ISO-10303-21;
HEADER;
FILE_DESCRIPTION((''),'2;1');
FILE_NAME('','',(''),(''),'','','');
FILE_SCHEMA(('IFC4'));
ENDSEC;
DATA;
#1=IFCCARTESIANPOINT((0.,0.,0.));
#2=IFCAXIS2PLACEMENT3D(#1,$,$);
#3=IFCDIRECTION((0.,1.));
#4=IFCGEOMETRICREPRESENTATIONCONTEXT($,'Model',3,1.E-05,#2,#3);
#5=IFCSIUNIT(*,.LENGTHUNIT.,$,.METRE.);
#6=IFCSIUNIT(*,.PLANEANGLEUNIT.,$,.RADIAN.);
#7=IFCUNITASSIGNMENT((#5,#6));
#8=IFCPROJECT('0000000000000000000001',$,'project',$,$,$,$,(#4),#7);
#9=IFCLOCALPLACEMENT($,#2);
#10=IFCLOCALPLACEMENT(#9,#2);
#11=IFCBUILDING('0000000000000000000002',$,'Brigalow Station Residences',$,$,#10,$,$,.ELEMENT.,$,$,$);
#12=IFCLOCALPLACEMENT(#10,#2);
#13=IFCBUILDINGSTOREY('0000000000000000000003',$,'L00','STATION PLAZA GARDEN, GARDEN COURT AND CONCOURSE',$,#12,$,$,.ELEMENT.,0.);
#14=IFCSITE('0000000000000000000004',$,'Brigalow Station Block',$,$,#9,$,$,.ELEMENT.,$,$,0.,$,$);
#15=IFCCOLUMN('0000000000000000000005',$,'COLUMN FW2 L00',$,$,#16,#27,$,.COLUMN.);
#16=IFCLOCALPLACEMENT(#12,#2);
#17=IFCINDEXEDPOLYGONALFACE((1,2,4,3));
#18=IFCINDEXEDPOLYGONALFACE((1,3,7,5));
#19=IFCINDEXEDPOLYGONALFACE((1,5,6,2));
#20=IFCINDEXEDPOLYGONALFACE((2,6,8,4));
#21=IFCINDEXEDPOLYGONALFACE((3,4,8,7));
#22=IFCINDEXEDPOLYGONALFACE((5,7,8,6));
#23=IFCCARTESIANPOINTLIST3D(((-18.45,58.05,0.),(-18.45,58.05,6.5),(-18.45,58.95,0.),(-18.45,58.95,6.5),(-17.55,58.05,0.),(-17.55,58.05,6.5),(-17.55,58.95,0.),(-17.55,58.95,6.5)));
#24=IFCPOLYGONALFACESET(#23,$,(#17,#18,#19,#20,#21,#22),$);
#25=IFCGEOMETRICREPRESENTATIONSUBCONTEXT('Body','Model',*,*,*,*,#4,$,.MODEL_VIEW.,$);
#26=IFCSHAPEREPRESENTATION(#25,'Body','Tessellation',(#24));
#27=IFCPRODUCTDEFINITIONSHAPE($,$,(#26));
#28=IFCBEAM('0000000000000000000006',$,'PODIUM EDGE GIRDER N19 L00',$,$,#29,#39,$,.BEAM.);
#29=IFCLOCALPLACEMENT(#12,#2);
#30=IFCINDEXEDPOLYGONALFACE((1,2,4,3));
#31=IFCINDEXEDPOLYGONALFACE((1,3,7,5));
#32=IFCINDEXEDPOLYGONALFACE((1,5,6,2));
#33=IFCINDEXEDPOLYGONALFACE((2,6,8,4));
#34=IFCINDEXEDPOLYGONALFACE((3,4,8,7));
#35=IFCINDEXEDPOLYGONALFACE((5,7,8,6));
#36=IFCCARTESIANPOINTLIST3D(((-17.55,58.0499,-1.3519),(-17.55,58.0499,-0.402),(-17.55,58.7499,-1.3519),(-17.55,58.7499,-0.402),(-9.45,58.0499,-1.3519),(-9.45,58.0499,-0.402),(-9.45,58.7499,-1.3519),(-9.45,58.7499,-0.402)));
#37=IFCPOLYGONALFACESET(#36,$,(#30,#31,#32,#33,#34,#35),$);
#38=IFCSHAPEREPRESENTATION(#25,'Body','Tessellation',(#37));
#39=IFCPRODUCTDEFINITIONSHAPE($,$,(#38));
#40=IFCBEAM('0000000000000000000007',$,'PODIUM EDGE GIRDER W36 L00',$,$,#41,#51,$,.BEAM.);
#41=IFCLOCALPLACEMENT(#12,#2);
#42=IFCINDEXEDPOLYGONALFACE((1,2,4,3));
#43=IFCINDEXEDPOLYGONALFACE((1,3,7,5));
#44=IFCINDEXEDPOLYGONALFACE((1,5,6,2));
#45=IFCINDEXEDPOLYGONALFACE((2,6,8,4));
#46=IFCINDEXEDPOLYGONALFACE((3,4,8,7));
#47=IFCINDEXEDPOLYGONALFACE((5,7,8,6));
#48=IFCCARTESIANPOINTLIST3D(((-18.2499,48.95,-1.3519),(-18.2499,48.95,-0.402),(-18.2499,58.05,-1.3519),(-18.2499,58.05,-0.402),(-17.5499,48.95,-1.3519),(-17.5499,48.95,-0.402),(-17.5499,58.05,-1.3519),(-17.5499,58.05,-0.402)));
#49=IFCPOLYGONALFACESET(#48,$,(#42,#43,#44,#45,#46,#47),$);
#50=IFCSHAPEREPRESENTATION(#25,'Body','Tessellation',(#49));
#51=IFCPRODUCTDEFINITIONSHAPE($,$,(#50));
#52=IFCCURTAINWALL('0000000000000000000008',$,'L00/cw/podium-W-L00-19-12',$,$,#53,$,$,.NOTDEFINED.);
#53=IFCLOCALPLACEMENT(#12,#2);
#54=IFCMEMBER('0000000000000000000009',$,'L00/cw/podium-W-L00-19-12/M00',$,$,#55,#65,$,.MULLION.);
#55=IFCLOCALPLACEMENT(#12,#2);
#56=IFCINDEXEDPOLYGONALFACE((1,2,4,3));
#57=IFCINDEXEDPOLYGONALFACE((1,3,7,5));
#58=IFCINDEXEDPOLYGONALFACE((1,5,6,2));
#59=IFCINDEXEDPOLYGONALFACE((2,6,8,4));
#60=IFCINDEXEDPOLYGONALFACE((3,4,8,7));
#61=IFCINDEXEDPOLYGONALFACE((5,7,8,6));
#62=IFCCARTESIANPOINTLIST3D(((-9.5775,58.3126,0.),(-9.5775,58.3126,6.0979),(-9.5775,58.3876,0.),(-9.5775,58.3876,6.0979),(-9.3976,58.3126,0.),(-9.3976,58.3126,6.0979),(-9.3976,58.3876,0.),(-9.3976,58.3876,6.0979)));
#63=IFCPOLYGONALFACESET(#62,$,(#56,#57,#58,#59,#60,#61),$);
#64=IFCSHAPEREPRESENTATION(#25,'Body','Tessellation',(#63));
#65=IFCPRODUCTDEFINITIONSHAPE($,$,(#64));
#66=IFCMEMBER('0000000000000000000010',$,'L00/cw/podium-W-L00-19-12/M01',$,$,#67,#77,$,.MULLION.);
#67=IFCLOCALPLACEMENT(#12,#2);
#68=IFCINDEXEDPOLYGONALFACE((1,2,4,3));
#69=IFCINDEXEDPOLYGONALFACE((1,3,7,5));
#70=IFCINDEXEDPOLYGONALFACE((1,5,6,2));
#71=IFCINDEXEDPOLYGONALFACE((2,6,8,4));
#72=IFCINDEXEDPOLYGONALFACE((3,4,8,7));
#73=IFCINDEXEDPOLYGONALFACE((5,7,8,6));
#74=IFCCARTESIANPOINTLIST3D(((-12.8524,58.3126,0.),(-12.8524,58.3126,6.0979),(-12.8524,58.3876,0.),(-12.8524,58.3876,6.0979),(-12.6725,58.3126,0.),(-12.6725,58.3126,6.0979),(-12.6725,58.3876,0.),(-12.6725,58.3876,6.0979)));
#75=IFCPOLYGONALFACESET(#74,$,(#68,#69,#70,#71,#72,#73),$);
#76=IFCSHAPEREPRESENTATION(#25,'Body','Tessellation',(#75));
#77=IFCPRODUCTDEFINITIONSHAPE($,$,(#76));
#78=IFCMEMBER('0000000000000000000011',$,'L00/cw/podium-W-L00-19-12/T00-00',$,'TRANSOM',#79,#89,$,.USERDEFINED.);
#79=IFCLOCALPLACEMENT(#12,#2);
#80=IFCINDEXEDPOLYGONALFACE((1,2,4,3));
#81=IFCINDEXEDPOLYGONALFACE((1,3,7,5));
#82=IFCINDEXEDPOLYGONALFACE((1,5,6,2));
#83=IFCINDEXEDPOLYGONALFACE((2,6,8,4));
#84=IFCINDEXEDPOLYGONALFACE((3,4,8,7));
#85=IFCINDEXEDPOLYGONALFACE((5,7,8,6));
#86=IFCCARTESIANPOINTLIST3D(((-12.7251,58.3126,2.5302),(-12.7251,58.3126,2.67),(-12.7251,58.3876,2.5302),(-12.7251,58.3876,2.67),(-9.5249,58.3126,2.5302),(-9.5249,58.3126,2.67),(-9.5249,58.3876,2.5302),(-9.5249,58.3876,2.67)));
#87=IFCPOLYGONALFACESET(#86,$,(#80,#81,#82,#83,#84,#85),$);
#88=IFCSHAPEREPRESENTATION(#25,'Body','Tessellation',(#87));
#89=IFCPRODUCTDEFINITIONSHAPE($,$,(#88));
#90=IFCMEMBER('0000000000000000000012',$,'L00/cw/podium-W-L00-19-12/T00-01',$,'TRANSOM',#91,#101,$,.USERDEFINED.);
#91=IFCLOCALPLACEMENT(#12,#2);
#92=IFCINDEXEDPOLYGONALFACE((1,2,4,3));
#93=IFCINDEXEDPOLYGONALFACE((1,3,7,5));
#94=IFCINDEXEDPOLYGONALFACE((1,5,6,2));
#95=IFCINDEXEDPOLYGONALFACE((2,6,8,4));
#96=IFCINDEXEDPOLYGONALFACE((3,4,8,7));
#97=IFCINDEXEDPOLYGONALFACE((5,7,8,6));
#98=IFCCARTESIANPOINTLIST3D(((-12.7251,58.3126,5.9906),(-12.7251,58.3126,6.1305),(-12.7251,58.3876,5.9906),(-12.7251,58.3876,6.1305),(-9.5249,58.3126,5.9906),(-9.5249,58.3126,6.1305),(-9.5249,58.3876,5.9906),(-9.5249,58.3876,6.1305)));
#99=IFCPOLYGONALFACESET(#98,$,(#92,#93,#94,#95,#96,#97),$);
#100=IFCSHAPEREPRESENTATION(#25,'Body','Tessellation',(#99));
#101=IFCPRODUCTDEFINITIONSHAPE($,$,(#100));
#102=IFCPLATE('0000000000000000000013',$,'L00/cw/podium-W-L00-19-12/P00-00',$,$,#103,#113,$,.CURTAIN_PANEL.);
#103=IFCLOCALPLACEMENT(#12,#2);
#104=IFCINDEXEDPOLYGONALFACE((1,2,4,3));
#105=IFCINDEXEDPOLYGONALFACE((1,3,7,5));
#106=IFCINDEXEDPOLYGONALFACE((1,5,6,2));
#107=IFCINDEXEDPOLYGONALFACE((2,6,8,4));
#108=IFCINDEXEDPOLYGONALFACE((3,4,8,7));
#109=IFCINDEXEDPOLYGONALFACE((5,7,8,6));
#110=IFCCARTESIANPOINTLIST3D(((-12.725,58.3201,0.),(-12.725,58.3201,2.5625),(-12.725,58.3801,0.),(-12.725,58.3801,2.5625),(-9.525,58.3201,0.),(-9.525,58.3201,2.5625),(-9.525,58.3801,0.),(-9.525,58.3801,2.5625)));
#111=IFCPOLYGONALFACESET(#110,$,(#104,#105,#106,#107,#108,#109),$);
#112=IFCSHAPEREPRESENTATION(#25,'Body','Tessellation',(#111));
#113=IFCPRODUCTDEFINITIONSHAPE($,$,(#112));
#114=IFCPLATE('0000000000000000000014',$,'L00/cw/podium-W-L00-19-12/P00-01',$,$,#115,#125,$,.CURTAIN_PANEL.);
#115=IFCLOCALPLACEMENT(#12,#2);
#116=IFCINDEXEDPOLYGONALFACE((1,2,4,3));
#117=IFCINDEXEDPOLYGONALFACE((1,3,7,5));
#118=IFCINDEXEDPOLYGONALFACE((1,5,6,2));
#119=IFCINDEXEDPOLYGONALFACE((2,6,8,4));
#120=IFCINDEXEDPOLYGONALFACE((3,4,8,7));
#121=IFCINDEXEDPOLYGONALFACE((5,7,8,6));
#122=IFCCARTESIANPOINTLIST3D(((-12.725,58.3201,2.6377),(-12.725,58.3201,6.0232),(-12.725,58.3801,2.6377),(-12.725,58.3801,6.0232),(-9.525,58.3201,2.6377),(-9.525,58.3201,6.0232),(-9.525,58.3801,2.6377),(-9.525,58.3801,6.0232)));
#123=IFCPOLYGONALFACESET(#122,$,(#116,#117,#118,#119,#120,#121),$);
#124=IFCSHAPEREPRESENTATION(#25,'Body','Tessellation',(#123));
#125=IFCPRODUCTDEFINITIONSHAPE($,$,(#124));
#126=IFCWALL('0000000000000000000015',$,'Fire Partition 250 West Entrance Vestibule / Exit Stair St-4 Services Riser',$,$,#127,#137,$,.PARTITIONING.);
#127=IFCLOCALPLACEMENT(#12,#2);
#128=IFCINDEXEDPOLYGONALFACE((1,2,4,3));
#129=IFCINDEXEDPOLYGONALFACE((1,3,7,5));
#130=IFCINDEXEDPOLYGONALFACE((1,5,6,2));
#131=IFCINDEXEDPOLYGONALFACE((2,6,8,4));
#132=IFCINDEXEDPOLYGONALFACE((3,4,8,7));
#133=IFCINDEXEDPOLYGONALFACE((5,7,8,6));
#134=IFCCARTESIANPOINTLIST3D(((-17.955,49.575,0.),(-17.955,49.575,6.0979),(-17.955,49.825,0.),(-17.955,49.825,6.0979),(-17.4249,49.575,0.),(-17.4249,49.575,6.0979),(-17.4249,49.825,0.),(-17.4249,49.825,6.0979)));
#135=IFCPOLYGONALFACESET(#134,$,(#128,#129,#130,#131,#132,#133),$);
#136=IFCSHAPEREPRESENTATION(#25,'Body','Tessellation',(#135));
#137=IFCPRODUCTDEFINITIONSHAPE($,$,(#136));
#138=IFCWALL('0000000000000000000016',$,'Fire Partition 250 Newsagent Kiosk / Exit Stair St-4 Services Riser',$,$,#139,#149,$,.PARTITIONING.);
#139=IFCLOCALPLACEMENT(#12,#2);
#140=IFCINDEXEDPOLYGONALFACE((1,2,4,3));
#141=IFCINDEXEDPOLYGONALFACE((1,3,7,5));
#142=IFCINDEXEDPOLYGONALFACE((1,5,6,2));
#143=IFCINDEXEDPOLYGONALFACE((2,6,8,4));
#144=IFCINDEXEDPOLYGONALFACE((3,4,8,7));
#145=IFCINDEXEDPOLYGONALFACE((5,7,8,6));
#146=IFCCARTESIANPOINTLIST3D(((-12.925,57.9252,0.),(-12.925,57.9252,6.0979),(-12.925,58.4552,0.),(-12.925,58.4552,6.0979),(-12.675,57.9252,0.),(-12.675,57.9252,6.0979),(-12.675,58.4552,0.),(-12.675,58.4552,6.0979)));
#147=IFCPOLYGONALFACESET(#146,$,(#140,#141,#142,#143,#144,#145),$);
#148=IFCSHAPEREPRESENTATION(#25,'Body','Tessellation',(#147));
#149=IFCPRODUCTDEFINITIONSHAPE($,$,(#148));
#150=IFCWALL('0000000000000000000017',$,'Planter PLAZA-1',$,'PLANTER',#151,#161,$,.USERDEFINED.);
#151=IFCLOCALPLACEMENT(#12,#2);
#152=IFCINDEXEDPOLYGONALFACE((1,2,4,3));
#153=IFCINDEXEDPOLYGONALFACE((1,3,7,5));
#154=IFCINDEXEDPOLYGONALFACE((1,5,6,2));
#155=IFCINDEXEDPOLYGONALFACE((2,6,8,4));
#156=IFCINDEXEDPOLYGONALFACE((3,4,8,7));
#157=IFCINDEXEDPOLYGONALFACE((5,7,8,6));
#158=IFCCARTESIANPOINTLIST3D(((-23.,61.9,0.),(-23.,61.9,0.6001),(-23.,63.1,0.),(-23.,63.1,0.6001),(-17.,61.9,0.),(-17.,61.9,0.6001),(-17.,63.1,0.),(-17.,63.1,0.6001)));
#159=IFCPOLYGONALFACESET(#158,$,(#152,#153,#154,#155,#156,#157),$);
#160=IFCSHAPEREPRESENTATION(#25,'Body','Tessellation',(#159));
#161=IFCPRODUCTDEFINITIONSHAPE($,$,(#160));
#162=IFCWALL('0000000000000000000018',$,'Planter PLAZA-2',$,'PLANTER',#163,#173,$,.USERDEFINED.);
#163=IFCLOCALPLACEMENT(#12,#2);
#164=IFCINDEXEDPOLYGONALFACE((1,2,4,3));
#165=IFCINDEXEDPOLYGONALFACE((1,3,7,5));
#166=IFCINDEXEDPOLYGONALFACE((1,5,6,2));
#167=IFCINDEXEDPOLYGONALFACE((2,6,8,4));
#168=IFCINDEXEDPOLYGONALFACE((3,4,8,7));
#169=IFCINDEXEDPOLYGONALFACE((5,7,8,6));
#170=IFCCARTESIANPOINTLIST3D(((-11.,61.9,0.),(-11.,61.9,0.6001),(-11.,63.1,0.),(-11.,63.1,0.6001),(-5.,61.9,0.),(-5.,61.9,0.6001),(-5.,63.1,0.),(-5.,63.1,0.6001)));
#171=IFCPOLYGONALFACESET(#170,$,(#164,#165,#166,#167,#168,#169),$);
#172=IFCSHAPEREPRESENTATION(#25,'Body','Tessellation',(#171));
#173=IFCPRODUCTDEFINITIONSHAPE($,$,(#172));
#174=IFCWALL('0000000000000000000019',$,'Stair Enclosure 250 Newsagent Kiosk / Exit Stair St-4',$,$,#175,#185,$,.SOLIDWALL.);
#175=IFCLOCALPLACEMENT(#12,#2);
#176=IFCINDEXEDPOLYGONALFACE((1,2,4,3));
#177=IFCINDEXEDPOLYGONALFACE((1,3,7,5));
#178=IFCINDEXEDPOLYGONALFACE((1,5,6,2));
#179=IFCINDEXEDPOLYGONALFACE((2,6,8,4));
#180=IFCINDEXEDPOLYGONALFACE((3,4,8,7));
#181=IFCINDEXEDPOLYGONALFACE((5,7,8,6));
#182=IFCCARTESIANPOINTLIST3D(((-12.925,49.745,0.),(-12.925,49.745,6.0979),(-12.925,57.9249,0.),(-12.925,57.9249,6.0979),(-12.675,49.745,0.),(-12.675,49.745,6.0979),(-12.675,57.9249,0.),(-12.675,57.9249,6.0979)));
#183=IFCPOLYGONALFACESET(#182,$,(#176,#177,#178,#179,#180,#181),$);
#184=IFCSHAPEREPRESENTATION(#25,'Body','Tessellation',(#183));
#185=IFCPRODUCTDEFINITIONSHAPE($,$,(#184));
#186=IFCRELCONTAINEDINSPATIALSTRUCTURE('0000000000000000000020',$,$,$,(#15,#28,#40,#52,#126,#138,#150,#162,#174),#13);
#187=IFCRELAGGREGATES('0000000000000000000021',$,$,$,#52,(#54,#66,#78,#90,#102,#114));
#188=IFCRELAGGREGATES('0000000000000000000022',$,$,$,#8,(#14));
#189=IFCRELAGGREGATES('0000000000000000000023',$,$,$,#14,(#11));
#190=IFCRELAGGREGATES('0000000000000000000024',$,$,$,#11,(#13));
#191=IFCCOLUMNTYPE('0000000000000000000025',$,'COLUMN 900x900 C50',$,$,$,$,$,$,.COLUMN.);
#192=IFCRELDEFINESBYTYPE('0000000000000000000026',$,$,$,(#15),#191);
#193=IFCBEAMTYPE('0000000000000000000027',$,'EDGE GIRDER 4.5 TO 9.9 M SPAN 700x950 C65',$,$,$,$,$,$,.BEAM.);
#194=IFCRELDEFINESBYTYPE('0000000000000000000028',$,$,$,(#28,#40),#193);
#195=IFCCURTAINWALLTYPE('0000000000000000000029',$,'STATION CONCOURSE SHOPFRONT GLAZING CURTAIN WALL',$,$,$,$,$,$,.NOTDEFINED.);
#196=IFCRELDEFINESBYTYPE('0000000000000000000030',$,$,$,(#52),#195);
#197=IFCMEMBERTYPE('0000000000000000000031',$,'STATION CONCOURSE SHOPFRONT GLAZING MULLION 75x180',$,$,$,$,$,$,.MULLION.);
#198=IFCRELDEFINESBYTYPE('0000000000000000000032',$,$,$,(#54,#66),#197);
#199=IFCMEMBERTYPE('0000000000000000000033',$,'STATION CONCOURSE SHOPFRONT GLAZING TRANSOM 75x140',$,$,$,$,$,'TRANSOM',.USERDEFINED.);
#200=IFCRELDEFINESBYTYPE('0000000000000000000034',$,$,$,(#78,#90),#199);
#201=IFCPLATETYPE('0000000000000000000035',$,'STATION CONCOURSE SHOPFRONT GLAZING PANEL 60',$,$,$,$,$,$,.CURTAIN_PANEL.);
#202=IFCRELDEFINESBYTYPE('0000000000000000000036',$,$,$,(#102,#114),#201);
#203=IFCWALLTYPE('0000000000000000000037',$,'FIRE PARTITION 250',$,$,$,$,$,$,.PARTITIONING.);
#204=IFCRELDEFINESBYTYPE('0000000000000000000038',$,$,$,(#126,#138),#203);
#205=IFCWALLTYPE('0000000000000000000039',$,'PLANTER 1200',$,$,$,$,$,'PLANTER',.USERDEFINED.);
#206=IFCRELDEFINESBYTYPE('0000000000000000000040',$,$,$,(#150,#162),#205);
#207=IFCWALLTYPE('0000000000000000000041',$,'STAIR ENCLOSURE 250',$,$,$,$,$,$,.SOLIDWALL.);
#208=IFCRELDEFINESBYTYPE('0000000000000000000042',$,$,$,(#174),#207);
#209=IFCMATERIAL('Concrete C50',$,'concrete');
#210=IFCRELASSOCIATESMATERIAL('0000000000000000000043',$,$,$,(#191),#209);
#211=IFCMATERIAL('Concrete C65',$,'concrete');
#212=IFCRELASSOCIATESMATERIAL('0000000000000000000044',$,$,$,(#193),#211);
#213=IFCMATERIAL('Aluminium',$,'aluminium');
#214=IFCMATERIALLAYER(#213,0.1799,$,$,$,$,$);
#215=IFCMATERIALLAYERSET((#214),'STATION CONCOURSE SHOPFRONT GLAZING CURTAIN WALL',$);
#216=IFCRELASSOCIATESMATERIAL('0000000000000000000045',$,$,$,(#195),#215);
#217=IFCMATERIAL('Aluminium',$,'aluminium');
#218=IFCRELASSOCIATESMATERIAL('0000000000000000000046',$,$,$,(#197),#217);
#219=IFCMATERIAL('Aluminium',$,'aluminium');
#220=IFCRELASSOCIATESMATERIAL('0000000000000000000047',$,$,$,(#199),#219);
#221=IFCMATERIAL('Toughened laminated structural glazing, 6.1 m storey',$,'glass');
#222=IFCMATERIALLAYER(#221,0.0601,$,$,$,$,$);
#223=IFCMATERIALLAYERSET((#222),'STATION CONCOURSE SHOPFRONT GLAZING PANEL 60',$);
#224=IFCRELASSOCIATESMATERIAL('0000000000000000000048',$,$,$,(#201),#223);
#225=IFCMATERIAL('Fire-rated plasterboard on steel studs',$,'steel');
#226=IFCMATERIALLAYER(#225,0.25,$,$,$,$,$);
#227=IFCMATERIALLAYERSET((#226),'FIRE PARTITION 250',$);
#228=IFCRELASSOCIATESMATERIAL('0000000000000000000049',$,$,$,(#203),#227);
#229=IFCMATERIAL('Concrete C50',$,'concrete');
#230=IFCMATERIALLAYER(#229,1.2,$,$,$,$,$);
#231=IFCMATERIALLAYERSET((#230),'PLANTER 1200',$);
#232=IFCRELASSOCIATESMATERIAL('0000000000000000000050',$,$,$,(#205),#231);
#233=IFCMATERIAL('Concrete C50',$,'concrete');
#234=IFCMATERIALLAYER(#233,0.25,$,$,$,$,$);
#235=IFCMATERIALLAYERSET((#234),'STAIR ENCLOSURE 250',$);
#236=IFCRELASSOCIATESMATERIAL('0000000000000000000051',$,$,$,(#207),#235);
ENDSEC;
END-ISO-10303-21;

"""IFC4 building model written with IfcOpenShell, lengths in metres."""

from ifc_helpers import new_model, si_unit, direction, frame, frame_2d, origin, origin_2d, place, context, subcontext, project, spatial, rectangle, extrude, material, layer, layer_set, material_profile, profile_set, type_object, element, aggregate, save


model = new_model("IFC4")

# Units and contexts
model_context = context("Model", 3, precision=1e-05, world=origin(), true_north=direction((0.0, 1.0)))
body_context = subcontext(model_context, "Body", "Model", "MODEL_VIEW")
ifc_project = project(units=[si_unit("LENGTHUNIT", "METRE"), si_unit("PLANEANGLEUNIT", "RADIAN")], contexts=[model_context])

# Site, building, storey
site_placement = place(None, origin())
site = spatial("IfcSite", under=ifc_project, at=site_placement, Name="Brigalow Station Block", CompositionType="ELEMENT", RefElevation=0.0)
building_placement = place(site_placement, origin())
building = spatial("IfcBuilding", under=site, at=building_placement, Name="Brigalow Station Residences", CompositionType="ELEMENT")
storey_placement = place(building_placement, origin())
storey = spatial("IfcBuildingStorey", under=building, at=storey_placement, Name="L00", Description="STATION PLAZA GARDEN, GARDEN COURT AND CONCOURSE", CompositionType="ELEMENT", Elevation=0.0)

# Column
ifc_material_1 = material(Name="Concrete C50", Category="concrete")
ifc_material_profile_1 = material_profile(ifc_material_1, rectangle(XDim=0.8999, YDim=0.8999, at=origin_2d()), Name="RC900x900")
ifc_profile_set_1 = profile_set([ifc_material_profile_1], Name="Concrete C50")
column_type = type_object("IfcColumnType", Name="COLUMN 900x900 C50", PredefinedType="COLUMN", material=ifc_profile_set_1)
column_placement = place(storey_placement, frame((-18.0, 58.5, 0.0), z_axis=(0.0, 0.0, 1.0), x_axis=(1.0, 0.0, 0.0)))
element("IfcColumn", 1, at=column_placement, inside=storey, type_object=column_type, Name="COLUMN FW2 L00", PredefinedType="COLUMN", context=body_context, shape_type="SweptSolid", body=[
    extrude(rectangle(XDim=0.8999, YDim=0.8999, at=origin_2d()), origin(), (0.0, 0.0, 1.0), 6.5),
])

# Beams
ifc_material_2 = material(Name="Concrete C65", Category="concrete")
ifc_material_profile_2 = material_profile(ifc_material_2, rectangle(XDim=0.7, YDim=0.95, at=origin_2d()), Name="RC700x950")
ifc_profile_set_2 = profile_set([ifc_material_profile_2], Name="Concrete C65")
beam_type = type_object("IfcBeamType", Name="EDGE GIRDER 4.5 TO 9.9 M SPAN 700x950 C65", PredefinedType="BEAM", material=ifc_profile_set_2)
beam_1_placement = place(storey_placement, frame((-17.55, 58.3999, -0.877), z_axis=(1.0, 0.0, 0.0), x_axis=(0.0, 1.0, 0.0)))
element("IfcBeam", 2, at=beam_1_placement, inside=storey, type_object=beam_type, Name="PODIUM EDGE GIRDER N19 L00", PredefinedType="BEAM", context=body_context, shape_type="SweptSolid", body=[
    extrude(rectangle(XDim=0.7, YDim=0.95, at=origin_2d()), origin(), (0.0, 0.0, 1.0), 8.1001),
])
beam_2_placement = place(storey_placement, frame((-17.8999, 48.95, -0.877), z_axis=(0.0, 1.0, 0.0), x_axis=(-1.0, 0.0, 0.0)))
element("IfcBeam", 3, at=beam_2_placement, inside=storey, type_object=beam_type, Name="PODIUM EDGE GIRDER W36 L00", PredefinedType="BEAM", context=body_context, shape_type="SweptSolid", body=[
    extrude(rectangle(XDim=0.7, YDim=0.95, at=origin_2d()), origin(), (0.0, 0.0, 1.0), 9.1001),
])

# Curtain wall, members, plates
ifc_material_3 = material(Name="Aluminium", Category="aluminium")
ifc_layer_1 = layer(ifc_material_3, 0.1799)
ifc_layer_set_1 = layer_set([ifc_layer_1], Name="STATION CONCOURSE SHOPFRONT GLAZING CURTAIN WALL")
curtain_wall_type = type_object("IfcCurtainWallType", Name="STATION CONCOURSE SHOPFRONT GLAZING CURTAIN WALL", PredefinedType="NOTDEFINED", material=ifc_layer_set_1)
curtain_wall_placement = place(storey_placement, origin())
curtain_wall = element("IfcCurtainWall", 4, at=curtain_wall_placement, inside=storey, type_object=curtain_wall_type, Name="L00/cw/podium-W-L00-19-12", PredefinedType="NOTDEFINED")
ifc_material_4 = material(Name="Aluminium", Category="aluminium")
ifc_material_profile_3 = material_profile(ifc_material_4, rectangle(XDim=0.075, YDim=0.1799, at=origin_2d()), Name="STATION CONCOURSE SHOPFRONT GLAZING MULLION 75x180")
ifc_profile_set_3 = profile_set([ifc_material_profile_3], Name="Aluminium")
member_type_1 = type_object("IfcMemberType", Name="STATION CONCOURSE SHOPFRONT GLAZING MULLION 75x180", PredefinedType="MULLION", material=ifc_profile_set_3)
member_1_placement = place(storey_placement, frame((-9.4875, 58.3501, 0.0), z_axis=(0.0, 0.0, 1.0), x_axis=(0.0, -1.0, 0.0)))
member_1 = element("IfcMember", 5, at=member_1_placement, type_object=member_type_1, Name="L00/cw/podium-W-L00-19-12/M00", PredefinedType="MULLION", context=body_context, shape_type="SweptSolid", body=[
    extrude(rectangle(XDim=0.075, YDim=0.1799, at=origin_2d()), origin(), (0.0, 0.0, 1.0), 6.0979),
])
member_2_placement = place(storey_placement, frame((-12.7625, 58.3501, 0.0), z_axis=(0.0, 0.0, 1.0), x_axis=(0.0, -1.0, 0.0)))
member_2 = element("IfcMember", 6, at=member_2_placement, type_object=member_type_1, Name="L00/cw/podium-W-L00-19-12/M01", PredefinedType="MULLION", context=body_context, shape_type="SweptSolid", body=[
    extrude(rectangle(XDim=0.075, YDim=0.1799, at=origin_2d()), origin(), (0.0, 0.0, 1.0), 6.0979),
])
ifc_material_5 = material(Name="Aluminium", Category="aluminium")
ifc_material_profile_4 = material_profile(ifc_material_5, rectangle(XDim=0.075, YDim=0.1399, at=origin_2d()), Name="STATION CONCOURSE SHOPFRONT GLAZING TRANSOM 75x140")
ifc_profile_set_4 = profile_set([ifc_material_profile_4], Name="Aluminium")
member_type_2 = type_object("IfcMemberType", Name="STATION CONCOURSE SHOPFRONT GLAZING TRANSOM 75x140", ElementType="TRANSOM", PredefinedType="USERDEFINED", material=ifc_profile_set_4)
member_3_placement = place(storey_placement, frame((-9.5249, 58.3501, 2.6001), z_axis=(-1.0, 0.0, 0.0), x_axis=(0.0, -1.0, 0.0)))
member_3 = element("IfcMember", 7, at=member_3_placement, type_object=member_type_2, Name="L00/cw/podium-W-L00-19-12/T00-00", ObjectType="TRANSOM", PredefinedType="USERDEFINED", context=body_context, shape_type="SweptSolid", body=[
    extrude(rectangle(XDim=0.075, YDim=0.1399, at=origin_2d()), origin(), (0.0, 0.0, 1.0), 3.2002),
])
member_4_placement = place(storey_placement, frame((-9.5249, 58.3501, 6.0605), z_axis=(-1.0, 0.0, 0.0), x_axis=(0.0, -1.0, 0.0)))
member_4 = element("IfcMember", 8, at=member_4_placement, type_object=member_type_2, Name="L00/cw/podium-W-L00-19-12/T00-01", ObjectType="TRANSOM", PredefinedType="USERDEFINED", context=body_context, shape_type="SweptSolid", body=[
    extrude(rectangle(XDim=0.075, YDim=0.1399, at=origin_2d()), origin(), (0.0, 0.0, 1.0), 3.2002),
])
ifc_material_6 = material(Name="Toughened laminated structural glazing, 6.1 m storey", Category="glass")
ifc_layer_2 = layer(ifc_material_6, 0.0601)
ifc_layer_set_2 = layer_set([ifc_layer_2], Name="STATION CONCOURSE SHOPFRONT GLAZING PANEL 60")
plate_type = type_object("IfcPlateType", Name="STATION CONCOURSE SHOPFRONT GLAZING PANEL 60", PredefinedType="CURTAIN_PANEL", material=ifc_layer_set_2)
plate_1_placement = place(storey_placement, frame((-11.125, 58.3501, 0.0), z_axis=(0.0, 0.0, 1.0), x_axis=(-1.0, 0.0, 0.0)))
plate_1 = element("IfcPlate", 9, at=plate_1_placement, type_object=plate_type, Name="L00/cw/podium-W-L00-19-12/P00-00", PredefinedType="CURTAIN_PANEL", context=body_context, shape_type="SweptSolid", body=[
    extrude(rectangle(XDim=3.2, YDim=0.0601, at=origin_2d()), origin(), (0.0, 0.0, 1.0), 2.5625),
])
plate_2_placement = place(storey_placement, frame((-11.125, 58.3501, 2.6377), z_axis=(0.0, 0.0, 1.0), x_axis=(-1.0, 0.0, 0.0)))
plate_2 = element("IfcPlate", 10, at=plate_2_placement, type_object=plate_type, Name="L00/cw/podium-W-L00-19-12/P00-01", PredefinedType="CURTAIN_PANEL", context=body_context, shape_type="SweptSolid", body=[
    extrude(rectangle(XDim=3.2, YDim=0.0601, at=origin_2d()), origin(), (0.0, 0.0, 1.0), 3.3855),
])
aggregate(curtain_wall, [member_1, member_2, member_3, member_4, plate_1, plate_2])

# Walls
ifc_material_7 = material(Name="Fire-rated plasterboard on steel studs", Category="steel")
ifc_layer_3 = layer(ifc_material_7, 0.25)
ifc_layer_set_3 = layer_set([ifc_layer_3], Name="FIRE PARTITION 250")
wall_type_1 = type_object("IfcWallType", Name="FIRE PARTITION 250", PredefinedType="PARTITIONING", material=ifc_layer_set_3)
for number, where, z_axis, x_axis, name in (
    (11, (-17.9551, 49.7, 0.0), (0.0, 0.0, 1.0), (1.0, 0.0, 0.0), "Fire Partition 250 West Entrance Vestibule / Exit Stair St-4 Services Riser"),
    (12, (-12.8, 57.925, 0.0), (0.0, 0.0, 1.0), (0.0, 1.0, 0.0), "Fire Partition 250 Newsagent Kiosk / Exit Stair St-4 Services Riser"),
):
    element("IfcWall", number, at=place(storey_placement, frame(where, z_axis=z_axis, x_axis=x_axis)), inside=storey, type_object=wall_type_1, Name=name, PredefinedType="PARTITIONING", context=body_context, shape_type="SweptSolid", body=[
        extrude(rectangle(XDim=0.53, YDim=0.25, at=frame_2d((0.2651, 0.0))), origin(), (0.0, 0.0, 1.0), 6.0979),
    ])
ifc_material_8 = material(Name="Concrete C50", Category="concrete")
ifc_layer_4 = layer(ifc_material_8, 1.2)
ifc_layer_set_4 = layer_set([ifc_layer_4], Name="PLANTER 1200")
wall_type_2 = type_object("IfcWallType", Name="PLANTER 1200", ElementType="PLANTER", PredefinedType="USERDEFINED", material=ifc_layer_set_4)
for number, where, z_axis, x_axis, name in (
    (13, (-23.0, 62.5, 0.0), (0.0, 0.0, 1.0), (1.0, 0.0, 0.0), "Planter PLAZA-1"),
    (14, (-11.0, 62.5, 0.0), (0.0, 0.0, 1.0), (1.0, 0.0, 0.0), "Planter PLAZA-2"),
):
    element("IfcWall", number, at=place(storey_placement, frame(where, z_axis=z_axis, x_axis=x_axis)), inside=storey, type_object=wall_type_2, Name=name, ObjectType="PLANTER", PredefinedType="USERDEFINED", context=body_context, shape_type="SweptSolid", body=[
        extrude(rectangle(XDim=6.0, YDim=1.2, at=frame_2d((3.0, 0.0))), origin(), (0.0, 0.0, 1.0), 0.6001),
    ])

# Shared definitions
ifc_material_9 = material(Name="Concrete C50", Category="concrete")
ifc_layer_5 = layer(ifc_material_9, 0.25)
ifc_layer_set_5 = layer_set([ifc_layer_5], Name="STAIR ENCLOSURE 250")
wall_type_3 = type_object("IfcWallType", Name="STAIR ENCLOSURE 250", PredefinedType="SOLIDWALL", material=ifc_layer_set_5)

# Wall
wall_1_placement = place(storey_placement, frame((-12.8, 49.7451, 0.0), z_axis=(0.0, 0.0, 1.0), x_axis=(0.0, 1.0, 0.0)))
element("IfcWall", 15, at=wall_1_placement, inside=storey, type_object=wall_type_3, Name="Stair Enclosure 250 Newsagent Kiosk / Exit Stair St-4", PredefinedType="SOLIDWALL", context=body_context, shape_type="SweptSolid", body=[
    extrude(rectangle(XDim=8.1799, YDim=0.25, at=frame_2d((4.0898, 0.0))), origin(), (0.0, 0.0, 1.0), 6.0979),
])

save(model, "model.ifc")
